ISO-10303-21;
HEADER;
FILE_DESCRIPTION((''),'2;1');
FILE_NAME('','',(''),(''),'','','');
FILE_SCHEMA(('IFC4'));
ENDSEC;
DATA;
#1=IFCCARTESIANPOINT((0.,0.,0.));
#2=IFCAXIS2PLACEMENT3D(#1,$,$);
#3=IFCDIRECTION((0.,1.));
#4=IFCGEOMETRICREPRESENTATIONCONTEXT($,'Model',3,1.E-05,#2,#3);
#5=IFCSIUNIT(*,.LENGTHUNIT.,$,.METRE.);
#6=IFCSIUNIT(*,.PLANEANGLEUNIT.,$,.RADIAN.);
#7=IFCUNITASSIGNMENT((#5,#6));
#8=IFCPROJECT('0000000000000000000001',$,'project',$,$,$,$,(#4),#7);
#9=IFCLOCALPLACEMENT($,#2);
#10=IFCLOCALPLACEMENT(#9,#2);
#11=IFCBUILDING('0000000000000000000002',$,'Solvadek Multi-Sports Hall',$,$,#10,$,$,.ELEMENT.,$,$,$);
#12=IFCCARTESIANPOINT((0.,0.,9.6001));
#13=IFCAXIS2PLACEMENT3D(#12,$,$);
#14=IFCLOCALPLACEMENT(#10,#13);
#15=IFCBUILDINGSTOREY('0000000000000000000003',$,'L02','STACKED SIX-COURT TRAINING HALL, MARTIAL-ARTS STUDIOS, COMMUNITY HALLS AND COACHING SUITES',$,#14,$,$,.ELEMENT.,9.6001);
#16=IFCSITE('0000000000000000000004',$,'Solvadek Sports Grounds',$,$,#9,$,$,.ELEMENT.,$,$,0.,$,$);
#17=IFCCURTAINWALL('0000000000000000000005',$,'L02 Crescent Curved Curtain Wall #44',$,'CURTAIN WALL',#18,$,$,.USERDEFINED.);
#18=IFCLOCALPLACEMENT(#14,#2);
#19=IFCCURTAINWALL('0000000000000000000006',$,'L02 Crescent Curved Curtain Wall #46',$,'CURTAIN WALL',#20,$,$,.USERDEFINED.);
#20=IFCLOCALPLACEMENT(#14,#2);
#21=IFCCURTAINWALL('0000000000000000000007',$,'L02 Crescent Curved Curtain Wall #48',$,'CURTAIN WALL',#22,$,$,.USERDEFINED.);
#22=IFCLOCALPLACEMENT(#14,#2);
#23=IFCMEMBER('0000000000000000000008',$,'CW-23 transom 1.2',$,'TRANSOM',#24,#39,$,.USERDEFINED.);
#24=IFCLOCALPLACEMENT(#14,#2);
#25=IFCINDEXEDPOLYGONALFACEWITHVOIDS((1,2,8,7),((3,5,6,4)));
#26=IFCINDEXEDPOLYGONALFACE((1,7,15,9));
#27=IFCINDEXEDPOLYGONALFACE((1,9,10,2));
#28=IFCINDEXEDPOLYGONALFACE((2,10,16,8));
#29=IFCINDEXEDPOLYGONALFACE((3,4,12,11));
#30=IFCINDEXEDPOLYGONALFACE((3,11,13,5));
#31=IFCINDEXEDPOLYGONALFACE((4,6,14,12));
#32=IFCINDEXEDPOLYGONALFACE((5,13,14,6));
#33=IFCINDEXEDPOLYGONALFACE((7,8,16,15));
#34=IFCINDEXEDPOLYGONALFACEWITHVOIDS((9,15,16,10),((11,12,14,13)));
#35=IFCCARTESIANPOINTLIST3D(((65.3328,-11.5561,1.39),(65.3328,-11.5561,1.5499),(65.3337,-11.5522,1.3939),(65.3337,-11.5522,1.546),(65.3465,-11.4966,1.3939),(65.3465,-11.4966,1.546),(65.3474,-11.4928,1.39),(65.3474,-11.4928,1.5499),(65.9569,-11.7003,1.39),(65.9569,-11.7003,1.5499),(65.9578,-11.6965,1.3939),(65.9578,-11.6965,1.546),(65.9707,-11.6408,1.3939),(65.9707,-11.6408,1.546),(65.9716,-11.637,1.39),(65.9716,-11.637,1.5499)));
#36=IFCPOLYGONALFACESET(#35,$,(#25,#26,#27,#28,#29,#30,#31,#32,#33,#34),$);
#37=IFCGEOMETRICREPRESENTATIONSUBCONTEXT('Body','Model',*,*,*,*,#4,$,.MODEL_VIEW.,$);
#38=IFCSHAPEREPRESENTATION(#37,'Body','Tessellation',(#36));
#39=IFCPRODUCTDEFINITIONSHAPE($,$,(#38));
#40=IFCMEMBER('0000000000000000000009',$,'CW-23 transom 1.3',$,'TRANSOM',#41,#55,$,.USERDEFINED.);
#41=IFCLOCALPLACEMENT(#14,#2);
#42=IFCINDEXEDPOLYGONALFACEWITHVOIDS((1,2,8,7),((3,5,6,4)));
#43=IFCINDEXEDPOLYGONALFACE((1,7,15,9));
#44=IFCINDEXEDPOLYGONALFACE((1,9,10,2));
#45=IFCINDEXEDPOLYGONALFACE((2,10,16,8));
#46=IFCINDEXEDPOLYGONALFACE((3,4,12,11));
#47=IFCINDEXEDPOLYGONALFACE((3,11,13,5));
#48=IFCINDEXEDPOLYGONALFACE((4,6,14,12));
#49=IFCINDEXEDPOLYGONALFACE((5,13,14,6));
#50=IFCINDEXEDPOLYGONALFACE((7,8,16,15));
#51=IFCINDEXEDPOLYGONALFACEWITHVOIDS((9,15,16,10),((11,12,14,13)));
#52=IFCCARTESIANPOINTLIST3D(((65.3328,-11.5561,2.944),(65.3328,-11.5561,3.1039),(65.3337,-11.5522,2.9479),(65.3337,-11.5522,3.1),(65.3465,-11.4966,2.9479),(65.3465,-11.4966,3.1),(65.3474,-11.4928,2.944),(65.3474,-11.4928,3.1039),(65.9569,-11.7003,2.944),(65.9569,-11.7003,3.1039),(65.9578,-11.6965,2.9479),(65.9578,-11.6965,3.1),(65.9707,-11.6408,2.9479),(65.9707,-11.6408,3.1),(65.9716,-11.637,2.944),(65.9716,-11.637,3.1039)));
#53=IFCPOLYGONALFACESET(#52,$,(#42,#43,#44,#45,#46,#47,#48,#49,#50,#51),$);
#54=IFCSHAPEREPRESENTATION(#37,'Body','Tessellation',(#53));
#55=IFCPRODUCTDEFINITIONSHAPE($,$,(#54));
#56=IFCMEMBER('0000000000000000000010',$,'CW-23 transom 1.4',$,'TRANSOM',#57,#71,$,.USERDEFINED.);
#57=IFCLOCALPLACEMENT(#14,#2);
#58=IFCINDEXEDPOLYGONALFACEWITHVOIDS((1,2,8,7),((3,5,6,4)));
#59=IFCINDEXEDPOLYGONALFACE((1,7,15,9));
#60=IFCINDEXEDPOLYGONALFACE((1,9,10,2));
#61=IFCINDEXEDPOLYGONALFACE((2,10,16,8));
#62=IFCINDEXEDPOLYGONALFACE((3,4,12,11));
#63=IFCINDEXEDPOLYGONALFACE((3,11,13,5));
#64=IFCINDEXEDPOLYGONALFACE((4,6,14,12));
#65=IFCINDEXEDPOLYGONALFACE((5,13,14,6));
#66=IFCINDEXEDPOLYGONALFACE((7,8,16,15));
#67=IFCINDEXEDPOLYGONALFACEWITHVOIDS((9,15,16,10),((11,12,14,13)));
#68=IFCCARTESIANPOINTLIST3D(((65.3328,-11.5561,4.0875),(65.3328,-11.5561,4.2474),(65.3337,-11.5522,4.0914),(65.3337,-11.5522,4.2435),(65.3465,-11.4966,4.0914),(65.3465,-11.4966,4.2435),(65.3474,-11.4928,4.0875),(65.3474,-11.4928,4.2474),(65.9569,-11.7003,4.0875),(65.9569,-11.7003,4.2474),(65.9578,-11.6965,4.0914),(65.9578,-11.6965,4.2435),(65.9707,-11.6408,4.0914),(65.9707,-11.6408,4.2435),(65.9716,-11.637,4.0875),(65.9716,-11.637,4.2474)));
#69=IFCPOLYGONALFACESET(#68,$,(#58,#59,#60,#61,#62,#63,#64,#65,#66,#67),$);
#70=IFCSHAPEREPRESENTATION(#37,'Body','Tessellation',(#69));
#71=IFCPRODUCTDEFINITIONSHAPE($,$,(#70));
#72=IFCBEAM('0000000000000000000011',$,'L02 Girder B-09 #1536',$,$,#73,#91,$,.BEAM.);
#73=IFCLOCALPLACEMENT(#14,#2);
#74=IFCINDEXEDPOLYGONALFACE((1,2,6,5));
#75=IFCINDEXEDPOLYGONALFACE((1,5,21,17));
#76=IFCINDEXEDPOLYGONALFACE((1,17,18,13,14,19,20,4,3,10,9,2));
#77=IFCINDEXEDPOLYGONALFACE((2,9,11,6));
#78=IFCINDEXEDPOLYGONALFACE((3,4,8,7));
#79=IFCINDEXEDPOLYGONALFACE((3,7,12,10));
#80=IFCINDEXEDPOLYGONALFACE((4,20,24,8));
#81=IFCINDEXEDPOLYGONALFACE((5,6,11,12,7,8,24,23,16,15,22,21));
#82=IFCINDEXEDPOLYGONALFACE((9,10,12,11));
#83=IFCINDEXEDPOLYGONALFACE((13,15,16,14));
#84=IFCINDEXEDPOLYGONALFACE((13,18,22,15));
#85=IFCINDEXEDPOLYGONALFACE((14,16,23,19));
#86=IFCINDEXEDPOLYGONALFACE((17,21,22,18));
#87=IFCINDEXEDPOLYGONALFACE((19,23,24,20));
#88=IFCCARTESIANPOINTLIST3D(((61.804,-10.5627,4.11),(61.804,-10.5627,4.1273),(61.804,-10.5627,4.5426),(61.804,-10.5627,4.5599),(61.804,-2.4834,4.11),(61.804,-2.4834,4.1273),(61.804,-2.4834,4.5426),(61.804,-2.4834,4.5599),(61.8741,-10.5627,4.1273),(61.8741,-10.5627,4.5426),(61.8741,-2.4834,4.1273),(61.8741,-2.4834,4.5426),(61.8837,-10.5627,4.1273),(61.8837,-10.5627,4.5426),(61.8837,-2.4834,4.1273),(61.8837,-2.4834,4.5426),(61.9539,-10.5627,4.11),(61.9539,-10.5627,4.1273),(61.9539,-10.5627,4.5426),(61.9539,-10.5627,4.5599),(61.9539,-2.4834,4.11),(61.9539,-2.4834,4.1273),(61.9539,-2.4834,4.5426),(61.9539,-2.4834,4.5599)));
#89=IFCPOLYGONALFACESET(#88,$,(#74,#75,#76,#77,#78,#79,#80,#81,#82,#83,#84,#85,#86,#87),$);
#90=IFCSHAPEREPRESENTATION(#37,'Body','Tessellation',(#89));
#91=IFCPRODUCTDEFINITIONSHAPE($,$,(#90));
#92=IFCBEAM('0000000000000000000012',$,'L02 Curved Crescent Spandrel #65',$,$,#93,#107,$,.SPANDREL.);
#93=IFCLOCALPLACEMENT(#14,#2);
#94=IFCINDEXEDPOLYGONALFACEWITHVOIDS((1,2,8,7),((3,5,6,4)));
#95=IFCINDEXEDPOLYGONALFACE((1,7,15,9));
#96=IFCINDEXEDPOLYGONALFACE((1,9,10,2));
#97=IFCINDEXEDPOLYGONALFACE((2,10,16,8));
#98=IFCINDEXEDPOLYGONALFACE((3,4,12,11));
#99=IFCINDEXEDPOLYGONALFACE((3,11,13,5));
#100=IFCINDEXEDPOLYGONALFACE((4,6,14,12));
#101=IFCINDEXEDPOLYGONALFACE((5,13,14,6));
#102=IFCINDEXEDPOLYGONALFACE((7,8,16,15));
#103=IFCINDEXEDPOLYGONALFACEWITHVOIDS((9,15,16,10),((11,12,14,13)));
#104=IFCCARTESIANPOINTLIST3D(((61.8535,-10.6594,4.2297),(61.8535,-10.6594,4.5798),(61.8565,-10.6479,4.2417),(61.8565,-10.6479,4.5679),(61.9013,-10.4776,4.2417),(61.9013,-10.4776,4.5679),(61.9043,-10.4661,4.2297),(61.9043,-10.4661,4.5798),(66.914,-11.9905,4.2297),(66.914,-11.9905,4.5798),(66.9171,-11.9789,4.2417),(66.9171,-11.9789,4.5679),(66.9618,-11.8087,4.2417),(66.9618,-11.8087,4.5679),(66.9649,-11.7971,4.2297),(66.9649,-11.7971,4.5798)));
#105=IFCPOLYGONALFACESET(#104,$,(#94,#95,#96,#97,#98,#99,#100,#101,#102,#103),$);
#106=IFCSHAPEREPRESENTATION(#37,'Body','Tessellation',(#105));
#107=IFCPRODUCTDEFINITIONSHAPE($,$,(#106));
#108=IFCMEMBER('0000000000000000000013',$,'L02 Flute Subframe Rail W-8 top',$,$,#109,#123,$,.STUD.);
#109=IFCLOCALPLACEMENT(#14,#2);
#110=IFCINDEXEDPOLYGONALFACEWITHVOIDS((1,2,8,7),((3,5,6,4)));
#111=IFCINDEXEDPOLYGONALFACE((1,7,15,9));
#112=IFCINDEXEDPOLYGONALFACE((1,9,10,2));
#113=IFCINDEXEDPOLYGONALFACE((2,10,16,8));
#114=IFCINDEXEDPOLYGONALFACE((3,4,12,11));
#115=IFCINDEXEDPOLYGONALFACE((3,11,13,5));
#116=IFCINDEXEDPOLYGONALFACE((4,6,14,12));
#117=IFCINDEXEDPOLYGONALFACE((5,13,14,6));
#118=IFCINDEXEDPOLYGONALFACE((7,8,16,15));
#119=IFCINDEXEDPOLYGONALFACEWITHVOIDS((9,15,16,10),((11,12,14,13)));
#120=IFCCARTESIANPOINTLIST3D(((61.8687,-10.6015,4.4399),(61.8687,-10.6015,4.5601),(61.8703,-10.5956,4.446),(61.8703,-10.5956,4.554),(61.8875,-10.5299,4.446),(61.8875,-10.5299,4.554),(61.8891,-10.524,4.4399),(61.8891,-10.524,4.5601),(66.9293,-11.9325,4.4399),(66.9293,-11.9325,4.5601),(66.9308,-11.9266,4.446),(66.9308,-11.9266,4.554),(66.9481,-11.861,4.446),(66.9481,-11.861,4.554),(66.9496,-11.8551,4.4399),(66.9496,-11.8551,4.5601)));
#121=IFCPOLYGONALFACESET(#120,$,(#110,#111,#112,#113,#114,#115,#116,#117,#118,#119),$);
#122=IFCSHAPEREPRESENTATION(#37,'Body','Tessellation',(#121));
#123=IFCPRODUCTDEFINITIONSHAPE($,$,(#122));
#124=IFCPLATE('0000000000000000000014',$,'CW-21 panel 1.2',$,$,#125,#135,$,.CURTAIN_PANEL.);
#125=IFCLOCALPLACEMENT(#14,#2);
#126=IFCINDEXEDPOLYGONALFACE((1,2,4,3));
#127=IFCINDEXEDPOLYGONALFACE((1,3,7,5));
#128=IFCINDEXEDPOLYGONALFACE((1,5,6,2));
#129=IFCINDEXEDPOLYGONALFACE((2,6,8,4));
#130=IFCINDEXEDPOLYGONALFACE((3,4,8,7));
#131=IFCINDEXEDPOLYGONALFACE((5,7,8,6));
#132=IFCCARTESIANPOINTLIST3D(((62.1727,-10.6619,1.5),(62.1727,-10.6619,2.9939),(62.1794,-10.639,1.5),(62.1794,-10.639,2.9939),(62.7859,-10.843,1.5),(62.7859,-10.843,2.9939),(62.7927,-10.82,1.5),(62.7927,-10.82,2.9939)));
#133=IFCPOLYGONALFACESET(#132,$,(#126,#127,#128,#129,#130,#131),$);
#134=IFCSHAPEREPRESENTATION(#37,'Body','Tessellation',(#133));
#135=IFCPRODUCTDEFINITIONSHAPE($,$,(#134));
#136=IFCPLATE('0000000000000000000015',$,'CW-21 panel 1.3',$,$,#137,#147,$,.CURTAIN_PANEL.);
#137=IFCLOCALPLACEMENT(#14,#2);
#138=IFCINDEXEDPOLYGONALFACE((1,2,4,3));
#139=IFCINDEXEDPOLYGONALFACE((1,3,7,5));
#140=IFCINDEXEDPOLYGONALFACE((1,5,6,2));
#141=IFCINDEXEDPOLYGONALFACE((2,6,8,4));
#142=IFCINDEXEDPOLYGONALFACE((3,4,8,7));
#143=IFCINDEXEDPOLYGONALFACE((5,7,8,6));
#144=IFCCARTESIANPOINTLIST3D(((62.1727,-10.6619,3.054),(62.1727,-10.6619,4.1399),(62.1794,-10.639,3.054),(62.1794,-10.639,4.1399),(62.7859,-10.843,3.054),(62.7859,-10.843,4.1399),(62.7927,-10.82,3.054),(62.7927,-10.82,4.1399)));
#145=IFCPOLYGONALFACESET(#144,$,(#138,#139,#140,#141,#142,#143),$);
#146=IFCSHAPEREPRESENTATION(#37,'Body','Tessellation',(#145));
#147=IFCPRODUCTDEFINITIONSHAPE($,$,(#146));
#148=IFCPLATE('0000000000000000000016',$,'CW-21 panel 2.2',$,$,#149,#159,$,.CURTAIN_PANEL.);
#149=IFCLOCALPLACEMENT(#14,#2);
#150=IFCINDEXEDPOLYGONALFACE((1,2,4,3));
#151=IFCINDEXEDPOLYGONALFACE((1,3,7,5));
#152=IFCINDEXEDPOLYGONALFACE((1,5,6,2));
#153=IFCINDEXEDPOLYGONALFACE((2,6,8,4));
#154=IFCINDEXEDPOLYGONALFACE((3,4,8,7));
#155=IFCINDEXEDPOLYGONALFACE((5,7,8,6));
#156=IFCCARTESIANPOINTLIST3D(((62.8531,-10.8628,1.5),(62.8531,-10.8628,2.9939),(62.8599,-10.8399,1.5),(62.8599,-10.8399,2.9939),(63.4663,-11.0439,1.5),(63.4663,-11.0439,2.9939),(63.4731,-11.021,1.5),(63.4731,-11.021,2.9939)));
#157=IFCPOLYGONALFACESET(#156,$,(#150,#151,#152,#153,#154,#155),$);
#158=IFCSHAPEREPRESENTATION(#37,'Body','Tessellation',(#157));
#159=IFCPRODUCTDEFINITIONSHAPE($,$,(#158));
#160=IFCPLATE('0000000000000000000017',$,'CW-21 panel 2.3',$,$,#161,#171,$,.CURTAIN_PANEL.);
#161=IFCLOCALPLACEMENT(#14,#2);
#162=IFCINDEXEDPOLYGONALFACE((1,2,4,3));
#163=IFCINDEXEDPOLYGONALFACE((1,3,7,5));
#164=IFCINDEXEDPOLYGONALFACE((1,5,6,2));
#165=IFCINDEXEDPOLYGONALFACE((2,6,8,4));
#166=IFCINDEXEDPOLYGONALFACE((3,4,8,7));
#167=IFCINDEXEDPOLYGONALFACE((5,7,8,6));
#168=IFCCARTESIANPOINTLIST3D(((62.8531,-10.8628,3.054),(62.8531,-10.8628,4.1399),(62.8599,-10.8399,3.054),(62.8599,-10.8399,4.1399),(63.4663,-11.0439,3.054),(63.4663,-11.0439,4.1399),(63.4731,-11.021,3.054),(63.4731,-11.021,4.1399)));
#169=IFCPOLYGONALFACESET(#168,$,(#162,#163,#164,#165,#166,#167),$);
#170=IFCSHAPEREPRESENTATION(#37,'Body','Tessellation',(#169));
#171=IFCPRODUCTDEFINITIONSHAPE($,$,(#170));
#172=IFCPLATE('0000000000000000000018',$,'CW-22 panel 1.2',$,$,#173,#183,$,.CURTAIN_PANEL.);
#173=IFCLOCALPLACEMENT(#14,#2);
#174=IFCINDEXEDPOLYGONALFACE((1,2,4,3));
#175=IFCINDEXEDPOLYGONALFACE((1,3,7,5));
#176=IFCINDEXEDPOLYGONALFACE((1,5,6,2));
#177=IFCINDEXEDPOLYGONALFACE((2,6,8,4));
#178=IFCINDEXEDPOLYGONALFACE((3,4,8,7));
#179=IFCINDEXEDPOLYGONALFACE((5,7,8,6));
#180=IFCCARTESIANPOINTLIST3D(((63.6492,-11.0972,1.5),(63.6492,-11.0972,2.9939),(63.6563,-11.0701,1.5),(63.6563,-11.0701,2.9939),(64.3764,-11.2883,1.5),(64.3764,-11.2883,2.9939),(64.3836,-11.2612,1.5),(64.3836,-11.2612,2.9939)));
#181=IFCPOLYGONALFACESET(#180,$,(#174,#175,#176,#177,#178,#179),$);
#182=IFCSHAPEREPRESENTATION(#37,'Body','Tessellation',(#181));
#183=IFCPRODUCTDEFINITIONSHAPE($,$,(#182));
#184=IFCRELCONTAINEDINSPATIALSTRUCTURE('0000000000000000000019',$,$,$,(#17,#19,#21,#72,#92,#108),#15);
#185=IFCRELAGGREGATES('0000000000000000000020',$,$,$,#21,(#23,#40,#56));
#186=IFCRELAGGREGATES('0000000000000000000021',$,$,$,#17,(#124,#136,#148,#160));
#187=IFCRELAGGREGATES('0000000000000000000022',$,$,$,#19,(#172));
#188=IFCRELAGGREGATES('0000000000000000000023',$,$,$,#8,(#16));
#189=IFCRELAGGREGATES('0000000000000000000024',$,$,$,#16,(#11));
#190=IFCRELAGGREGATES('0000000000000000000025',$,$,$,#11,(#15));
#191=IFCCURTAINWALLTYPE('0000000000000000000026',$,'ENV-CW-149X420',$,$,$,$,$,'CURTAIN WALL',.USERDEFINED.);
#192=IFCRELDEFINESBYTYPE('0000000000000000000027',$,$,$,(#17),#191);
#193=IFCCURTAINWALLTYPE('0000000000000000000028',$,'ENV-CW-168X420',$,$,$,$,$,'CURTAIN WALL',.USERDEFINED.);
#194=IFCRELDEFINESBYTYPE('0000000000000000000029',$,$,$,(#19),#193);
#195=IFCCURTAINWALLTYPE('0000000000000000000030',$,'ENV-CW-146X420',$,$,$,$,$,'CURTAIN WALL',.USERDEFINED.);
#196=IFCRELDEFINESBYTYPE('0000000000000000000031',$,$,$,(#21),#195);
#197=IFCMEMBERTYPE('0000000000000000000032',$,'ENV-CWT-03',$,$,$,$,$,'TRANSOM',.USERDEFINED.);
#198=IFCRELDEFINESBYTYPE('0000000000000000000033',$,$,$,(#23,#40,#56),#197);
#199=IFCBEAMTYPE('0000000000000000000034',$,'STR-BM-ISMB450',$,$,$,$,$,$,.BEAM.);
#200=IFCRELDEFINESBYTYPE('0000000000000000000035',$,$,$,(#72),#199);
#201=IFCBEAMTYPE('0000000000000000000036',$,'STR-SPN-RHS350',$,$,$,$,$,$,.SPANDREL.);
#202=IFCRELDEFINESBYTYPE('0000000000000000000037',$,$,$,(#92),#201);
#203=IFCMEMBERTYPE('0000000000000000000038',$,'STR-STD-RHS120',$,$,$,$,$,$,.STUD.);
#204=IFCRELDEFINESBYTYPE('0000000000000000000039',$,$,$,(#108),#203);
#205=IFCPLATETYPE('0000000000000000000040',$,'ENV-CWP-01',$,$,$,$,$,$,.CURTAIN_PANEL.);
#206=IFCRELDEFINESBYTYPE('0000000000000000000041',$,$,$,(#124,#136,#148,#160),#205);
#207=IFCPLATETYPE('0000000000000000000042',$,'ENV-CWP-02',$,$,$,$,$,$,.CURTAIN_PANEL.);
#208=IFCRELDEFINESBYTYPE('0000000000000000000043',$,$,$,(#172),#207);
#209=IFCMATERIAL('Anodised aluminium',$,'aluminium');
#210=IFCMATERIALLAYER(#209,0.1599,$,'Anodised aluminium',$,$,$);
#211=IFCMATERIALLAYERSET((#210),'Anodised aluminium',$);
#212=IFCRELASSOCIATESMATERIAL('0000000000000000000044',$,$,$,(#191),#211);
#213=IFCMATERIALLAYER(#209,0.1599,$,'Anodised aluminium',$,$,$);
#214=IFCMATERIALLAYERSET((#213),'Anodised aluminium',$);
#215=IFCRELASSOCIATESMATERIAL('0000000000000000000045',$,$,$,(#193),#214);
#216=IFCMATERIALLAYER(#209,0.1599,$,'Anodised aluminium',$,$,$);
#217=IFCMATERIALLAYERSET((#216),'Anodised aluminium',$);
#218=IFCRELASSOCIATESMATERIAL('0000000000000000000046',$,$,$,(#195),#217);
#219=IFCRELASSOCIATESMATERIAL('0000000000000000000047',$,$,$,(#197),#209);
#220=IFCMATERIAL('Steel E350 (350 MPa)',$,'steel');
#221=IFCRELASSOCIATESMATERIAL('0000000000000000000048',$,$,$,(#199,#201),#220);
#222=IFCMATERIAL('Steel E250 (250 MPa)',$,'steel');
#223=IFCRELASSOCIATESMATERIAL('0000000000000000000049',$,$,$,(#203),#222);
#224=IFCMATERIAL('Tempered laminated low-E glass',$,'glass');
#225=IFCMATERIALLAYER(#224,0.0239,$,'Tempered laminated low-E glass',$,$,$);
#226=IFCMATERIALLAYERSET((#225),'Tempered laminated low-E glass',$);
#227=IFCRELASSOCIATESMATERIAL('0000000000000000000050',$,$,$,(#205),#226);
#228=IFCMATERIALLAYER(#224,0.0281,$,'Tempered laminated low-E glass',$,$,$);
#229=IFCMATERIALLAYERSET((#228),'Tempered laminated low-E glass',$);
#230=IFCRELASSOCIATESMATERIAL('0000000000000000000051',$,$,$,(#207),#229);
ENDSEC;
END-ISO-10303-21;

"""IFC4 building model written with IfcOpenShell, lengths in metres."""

from ifc_helpers import new_model, si_unit, direction, frame, origin, origin_2d, place, context, subcontext, project, spatial, rectangle, hollow_rectangle, i_section, extrude, material, layer, layer_set, material_profile, profile_set, type_object, element, aggregate, save


model = new_model("IFC4")

# Units and contexts
model_context = context("Model", 3, precision=1e-05, world=origin(), true_north=direction((0.0, 1.0)))
body_context = subcontext(model_context, "Body", "Model", "MODEL_VIEW")
ifc_project = project(units=[si_unit("LENGTHUNIT", "METRE"), si_unit("PLANEANGLEUNIT", "RADIAN")], contexts=[model_context])

# Site, building, storey
site_placement = place(None, origin())
site = spatial("IfcSite", under=ifc_project, at=site_placement, Name="Solvadek Sports Grounds", CompositionType="ELEMENT", RefElevation=0.0)
building_placement = place(site_placement, origin())
building = spatial("IfcBuilding", under=site, at=building_placement, Name="Solvadek Multi-Sports Hall", CompositionType="ELEMENT")
storey_placement = place(building_placement, frame((0.0, 0.0, 9.6001)))
storey = spatial("IfcBuildingStorey", under=building, at=storey_placement, Name="L02", Description="STACKED SIX-COURT TRAINING HALL, MARTIAL-ARTS STUDIOS, COMMUNITY HALLS AND COACHING SUITES", CompositionType="ELEMENT", Elevation=9.6001)

# Curtain walls, members
ifc_material_1 = material(Name="Anodised aluminium", Category="aluminium")
ifc_layer_1 = layer(ifc_material_1, 0.1599, Name="Anodised aluminium")
ifc_layer_set_1 = layer_set([ifc_layer_1], Name="Anodised aluminium")
curtain_wall_type_1 = type_object("IfcCurtainWallType", Name="ENV-CW-149X420", ElementType="CURTAIN WALL", PredefinedType="USERDEFINED", material=ifc_layer_set_1)
curtain_wall_1_placement = place(storey_placement, origin())
curtain_wall_1 = element("IfcCurtainWall", 1, at=curtain_wall_1_placement, inside=storey, type_object=curtain_wall_type_1, Name="L02 Crescent Curved Curtain Wall #44", ObjectType="CURTAIN WALL", PredefinedType="USERDEFINED")
ifc_layer_2 = layer(ifc_material_1, 0.1599, Name="Anodised aluminium")
ifc_layer_set_2 = layer_set([ifc_layer_2], Name="Anodised aluminium")
curtain_wall_type_2 = type_object("IfcCurtainWallType", Name="ENV-CW-168X420", ElementType="CURTAIN WALL", PredefinedType="USERDEFINED", material=ifc_layer_set_2)
curtain_wall_2_placement = place(storey_placement, origin())
curtain_wall_2 = element("IfcCurtainWall", 2, at=curtain_wall_2_placement, inside=storey, type_object=curtain_wall_type_2, Name="L02 Crescent Curved Curtain Wall #46", ObjectType="CURTAIN WALL", PredefinedType="USERDEFINED")
ifc_layer_3 = layer(ifc_material_1, 0.1599, Name="Anodised aluminium")
ifc_layer_set_3 = layer_set([ifc_layer_3], Name="Anodised aluminium")
curtain_wall_type_3 = type_object("IfcCurtainWallType", Name="ENV-CW-146X420", ElementType="CURTAIN WALL", PredefinedType="USERDEFINED", material=ifc_layer_set_3)
curtain_wall_3_placement = place(storey_placement, origin())
curtain_wall_3 = element("IfcCurtainWall", 3, at=curtain_wall_3_placement, inside=storey, type_object=curtain_wall_type_3, Name="L02 Crescent Curved Curtain Wall #48", ObjectType="CURTAIN WALL", PredefinedType="USERDEFINED")
ifc_material_profile_1 = material_profile(ifc_material_1, hollow_rectangle(XDim=0.0649, YDim=0.1599, WallThickness=0.0039, at=origin_2d()), Name="ALU-T 160x65x4")
ifc_profile_set_1 = profile_set([ifc_material_profile_1], Name="Anodised aluminium")
member_type_1 = type_object("IfcMemberType", Name="ENV-CWT-03", ElementType="TRANSOM", PredefinedType="USERDEFINED", material=ifc_profile_set_1)
member_1_placement = place(storey_placement, frame((65.3401, -11.5244, 1.47), z_axis=(0.974314, -0.225193, 0.0), x_axis=(0.225193, 0.974314, 0.0)))
member_1 = element("IfcMember", 4, at=member_1_placement, type_object=member_type_1, Name="CW-23 transom 1.2", ObjectType="TRANSOM", PredefinedType="USERDEFINED", context=body_context, shape_type="SweptSolid", body=[
    extrude(hollow_rectangle(XDim=0.0649, YDim=0.1599, WallThickness=0.0039, at=origin_2d()), origin(), (0.0, 0.0, 1.0), 0.6406),
])
member_2_placement = place(storey_placement, frame((65.3401, -11.5244, 3.0239), z_axis=(0.974314, -0.225193, 0.0), x_axis=(0.225193, 0.974314, 0.0)))
member_2 = element("IfcMember", 5, at=member_2_placement, type_object=member_type_1, Name="CW-23 transom 1.3", ObjectType="TRANSOM", PredefinedType="USERDEFINED", context=body_context, shape_type="SweptSolid", body=[
    extrude(hollow_rectangle(XDim=0.0649, YDim=0.1599, WallThickness=0.0039, at=origin_2d()), origin(), (0.0, 0.0, 1.0), 0.6406),
])
member_3_placement = place(storey_placement, frame((65.3401, -11.5244, 4.1675), z_axis=(0.974314, -0.225193, 0.0), x_axis=(0.225193, 0.974314, 0.0)))
member_3 = element("IfcMember", 6, at=member_3_placement, type_object=member_type_1, Name="CW-23 transom 1.4", ObjectType="TRANSOM", PredefinedType="USERDEFINED", context=body_context, shape_type="SweptSolid", body=[
    extrude(hollow_rectangle(XDim=0.0649, YDim=0.1599, WallThickness=0.0039, at=origin_2d()), origin(), (0.0, 0.0, 1.0), 0.6406),
])
aggregate(curtain_wall_3, [member_1, member_2, member_3])

# Beams
ifc_material_2 = material(Name="Steel E350 (350 MPa)", Category="steel")
ifc_material_profile_2 = material_profile(ifc_material_2, i_section(OverallWidth=0.1499, OverallDepth=0.45, WebThickness=0.0095, FlangeThickness=0.0173, at=origin_2d()), Name="ISMB 450")
ifc_profile_set_2 = profile_set([ifc_material_profile_2], Name="Steel E350 (350 MPa)")
beam_type_1 = type_object("IfcBeamType", Name="STR-BM-ISMB450", PredefinedType="BEAM", material=ifc_profile_set_2)
beam_1_placement = place(storey_placement, frame((61.8789, -10.5627, 4.335), z_axis=(0.0, 1.0, 0.0), x_axis=(-1.0, 0.0, 0.0)))
element("IfcBeam", 7, at=beam_1_placement, inside=storey, type_object=beam_type_1, Name="L02 Girder B-09 #1536", PredefinedType="BEAM", context=body_context, shape_type="SweptSolid", body=[
    extrude(i_section(OverallWidth=0.1499, OverallDepth=0.45, WebThickness=0.0095, FlangeThickness=0.0173, at=origin_2d()), origin(), (0.0, 0.0, 1.0), 8.0793),
])
ifc_material_profile_3 = material_profile(ifc_material_2, hollow_rectangle(XDim=0.2, YDim=0.3501, WallThickness=0.012, at=origin_2d()), Name="RHS 350x200x12")
ifc_profile_set_3 = profile_set([ifc_material_profile_3], Name="Steel E350 (350 MPa)")
beam_type_2 = type_object("IfcBeamType", Name="STR-SPN-RHS350", PredefinedType="SPANDREL", material=ifc_profile_set_3)
beam_2_placement = place(storey_placement, frame((61.8789, -10.5627, 4.4048), z_axis=(0.967106, -0.254374, 0.0), x_axis=(0.254374, 0.967106, 0.0)))
element("IfcBeam", 8, at=beam_2_placement, inside=storey, type_object=beam_type_2, Name="L02 Curved Crescent Spandrel #65", PredefinedType="SPANDREL", context=body_context, shape_type="SweptSolid", body=[
    extrude(hollow_rectangle(XDim=0.2, YDim=0.3501, WallThickness=0.012, at=origin_2d()), origin(), (0.0, 0.0, 1.0), 5.2327),
])

# Member
ifc_material_3 = material(Name="Steel E250 (250 MPa)", Category="steel")
ifc_material_profile_4 = material_profile(ifc_material_3, hollow_rectangle(XDim=0.0801, YDim=0.1201, WallThickness=0.0061, at=origin_2d()), Name="RHS 120x80x6")
ifc_profile_set_4 = profile_set([ifc_material_profile_4], Name="Steel E250 (250 MPa)")
member_type_2 = type_object("IfcMemberType", Name="STR-STD-RHS120", PredefinedType="STUD", material=ifc_profile_set_4)
member_4_placement = place(storey_placement, frame((61.8789, -10.5627, 4.5), z_axis=(0.967106, -0.254374, 0.0), x_axis=(0.254374, 0.967106, 0.0)))
element("IfcMember", 9, at=member_4_placement, inside=storey, type_object=member_type_2, Name="L02 Flute Subframe Rail W-8 top", PredefinedType="STUD", context=body_context, shape_type="SweptSolid", body=[
    extrude(hollow_rectangle(XDim=0.0801, YDim=0.1201, WallThickness=0.0061, at=origin_2d()), origin(), (0.0, 0.0, 1.0), 5.2327),
])

# Plates
ifc_material_4 = material(Name="Tempered laminated low-E glass", Category="glass")
ifc_layer_4 = layer(ifc_material_4, 0.0239, Name="Tempered laminated low-E glass")
ifc_layer_set_4 = layer_set([ifc_layer_4], Name="Tempered laminated low-E glass")
plate_type_1 = type_object("IfcPlateType", Name="ENV-CWP-01", PredefinedType="CURTAIN_PANEL", material=ifc_layer_set_4)
plate_1_placement = place(storey_placement, frame((62.4827, -10.741, 1.5), z_axis=(0.0, 0.0, 1.0), x_axis=(0.959069, -0.283173, 0.0)))
plate_1 = element("IfcPlate", 10, at=plate_1_placement, type_object=plate_type_1, Name="CW-21 panel 1.2", PredefinedType="CURTAIN_PANEL", context=body_context, shape_type="SweptSolid", body=[
    extrude(rectangle(XDim=0.6394, YDim=0.0239, at=origin_2d()), origin(), (0.0, 0.0, 1.0), 1.4939),
])
plate_2_placement = place(storey_placement, frame((62.4827, -10.741, 3.054), z_axis=(0.0, 0.0, 1.0), x_axis=(0.959069, -0.283173, 0.0)))
plate_2 = element("IfcPlate", 11, at=plate_2_placement, type_object=plate_type_1, Name="CW-21 panel 1.3", PredefinedType="CURTAIN_PANEL", context=body_context, shape_type="SweptSolid", body=[
    extrude(rectangle(XDim=0.6394, YDim=0.0239, at=origin_2d()), origin(), (0.0, 0.0, 1.0), 1.0859),
])
plate_3_placement = place(storey_placement, frame((63.1631, -10.9419, 1.5), z_axis=(0.0, 0.0, 1.0), x_axis=(0.959069, -0.283173, 0.0)))
plate_3 = element("IfcPlate", 12, at=plate_3_placement, type_object=plate_type_1, Name="CW-21 panel 2.2", PredefinedType="CURTAIN_PANEL", context=body_context, shape_type="SweptSolid", body=[
    extrude(rectangle(XDim=0.6394, YDim=0.0239, at=origin_2d()), origin(), (0.0, 0.0, 1.0), 1.4939),
])
plate_4_placement = place(storey_placement, frame((63.1631, -10.9419, 3.054), z_axis=(0.0, 0.0, 1.0), x_axis=(0.959069, -0.283173, 0.0)))
plate_4 = element("IfcPlate", 13, at=plate_4_placement, type_object=plate_type_1, Name="CW-21 panel 2.3", PredefinedType="CURTAIN_PANEL", context=body_context, shape_type="SweptSolid", body=[
    extrude(rectangle(XDim=0.6394, YDim=0.0239, at=origin_2d()), origin(), (0.0, 0.0, 1.0), 1.0859),
])
aggregate(curtain_wall_1, [plate_1, plate_2, plate_3, plate_4])
ifc_layer_5 = layer(ifc_material_4, 0.0281, Name="Tempered laminated low-E glass")
ifc_layer_set_5 = layer_set([ifc_layer_5], Name="Tempered laminated low-E glass")
plate_type_2 = type_object("IfcPlateType", Name="ENV-CWP-02", PredefinedType="CURTAIN_PANEL", material=ifc_layer_set_5)
plate_5_placement = place(storey_placement, frame((64.0164, -11.1792, 1.5), z_axis=(0.0, 0.0, 1.0), x_axis=(0.967167, -0.254143, 0.0)))
plate_5 = element("IfcPlate", 14, at=plate_5_placement, type_object=plate_type_2, Name="CW-22 panel 1.2", PredefinedType="CURTAIN_PANEL", context=body_context, shape_type="SweptSolid", body=[
    extrude(rectangle(XDim=0.752, YDim=0.0281, at=origin_2d()), origin(), (0.0, 0.0, 1.0), 1.4939),
])
aggregate(curtain_wall_2, [plate_5])

save(model, "model.ifc")
